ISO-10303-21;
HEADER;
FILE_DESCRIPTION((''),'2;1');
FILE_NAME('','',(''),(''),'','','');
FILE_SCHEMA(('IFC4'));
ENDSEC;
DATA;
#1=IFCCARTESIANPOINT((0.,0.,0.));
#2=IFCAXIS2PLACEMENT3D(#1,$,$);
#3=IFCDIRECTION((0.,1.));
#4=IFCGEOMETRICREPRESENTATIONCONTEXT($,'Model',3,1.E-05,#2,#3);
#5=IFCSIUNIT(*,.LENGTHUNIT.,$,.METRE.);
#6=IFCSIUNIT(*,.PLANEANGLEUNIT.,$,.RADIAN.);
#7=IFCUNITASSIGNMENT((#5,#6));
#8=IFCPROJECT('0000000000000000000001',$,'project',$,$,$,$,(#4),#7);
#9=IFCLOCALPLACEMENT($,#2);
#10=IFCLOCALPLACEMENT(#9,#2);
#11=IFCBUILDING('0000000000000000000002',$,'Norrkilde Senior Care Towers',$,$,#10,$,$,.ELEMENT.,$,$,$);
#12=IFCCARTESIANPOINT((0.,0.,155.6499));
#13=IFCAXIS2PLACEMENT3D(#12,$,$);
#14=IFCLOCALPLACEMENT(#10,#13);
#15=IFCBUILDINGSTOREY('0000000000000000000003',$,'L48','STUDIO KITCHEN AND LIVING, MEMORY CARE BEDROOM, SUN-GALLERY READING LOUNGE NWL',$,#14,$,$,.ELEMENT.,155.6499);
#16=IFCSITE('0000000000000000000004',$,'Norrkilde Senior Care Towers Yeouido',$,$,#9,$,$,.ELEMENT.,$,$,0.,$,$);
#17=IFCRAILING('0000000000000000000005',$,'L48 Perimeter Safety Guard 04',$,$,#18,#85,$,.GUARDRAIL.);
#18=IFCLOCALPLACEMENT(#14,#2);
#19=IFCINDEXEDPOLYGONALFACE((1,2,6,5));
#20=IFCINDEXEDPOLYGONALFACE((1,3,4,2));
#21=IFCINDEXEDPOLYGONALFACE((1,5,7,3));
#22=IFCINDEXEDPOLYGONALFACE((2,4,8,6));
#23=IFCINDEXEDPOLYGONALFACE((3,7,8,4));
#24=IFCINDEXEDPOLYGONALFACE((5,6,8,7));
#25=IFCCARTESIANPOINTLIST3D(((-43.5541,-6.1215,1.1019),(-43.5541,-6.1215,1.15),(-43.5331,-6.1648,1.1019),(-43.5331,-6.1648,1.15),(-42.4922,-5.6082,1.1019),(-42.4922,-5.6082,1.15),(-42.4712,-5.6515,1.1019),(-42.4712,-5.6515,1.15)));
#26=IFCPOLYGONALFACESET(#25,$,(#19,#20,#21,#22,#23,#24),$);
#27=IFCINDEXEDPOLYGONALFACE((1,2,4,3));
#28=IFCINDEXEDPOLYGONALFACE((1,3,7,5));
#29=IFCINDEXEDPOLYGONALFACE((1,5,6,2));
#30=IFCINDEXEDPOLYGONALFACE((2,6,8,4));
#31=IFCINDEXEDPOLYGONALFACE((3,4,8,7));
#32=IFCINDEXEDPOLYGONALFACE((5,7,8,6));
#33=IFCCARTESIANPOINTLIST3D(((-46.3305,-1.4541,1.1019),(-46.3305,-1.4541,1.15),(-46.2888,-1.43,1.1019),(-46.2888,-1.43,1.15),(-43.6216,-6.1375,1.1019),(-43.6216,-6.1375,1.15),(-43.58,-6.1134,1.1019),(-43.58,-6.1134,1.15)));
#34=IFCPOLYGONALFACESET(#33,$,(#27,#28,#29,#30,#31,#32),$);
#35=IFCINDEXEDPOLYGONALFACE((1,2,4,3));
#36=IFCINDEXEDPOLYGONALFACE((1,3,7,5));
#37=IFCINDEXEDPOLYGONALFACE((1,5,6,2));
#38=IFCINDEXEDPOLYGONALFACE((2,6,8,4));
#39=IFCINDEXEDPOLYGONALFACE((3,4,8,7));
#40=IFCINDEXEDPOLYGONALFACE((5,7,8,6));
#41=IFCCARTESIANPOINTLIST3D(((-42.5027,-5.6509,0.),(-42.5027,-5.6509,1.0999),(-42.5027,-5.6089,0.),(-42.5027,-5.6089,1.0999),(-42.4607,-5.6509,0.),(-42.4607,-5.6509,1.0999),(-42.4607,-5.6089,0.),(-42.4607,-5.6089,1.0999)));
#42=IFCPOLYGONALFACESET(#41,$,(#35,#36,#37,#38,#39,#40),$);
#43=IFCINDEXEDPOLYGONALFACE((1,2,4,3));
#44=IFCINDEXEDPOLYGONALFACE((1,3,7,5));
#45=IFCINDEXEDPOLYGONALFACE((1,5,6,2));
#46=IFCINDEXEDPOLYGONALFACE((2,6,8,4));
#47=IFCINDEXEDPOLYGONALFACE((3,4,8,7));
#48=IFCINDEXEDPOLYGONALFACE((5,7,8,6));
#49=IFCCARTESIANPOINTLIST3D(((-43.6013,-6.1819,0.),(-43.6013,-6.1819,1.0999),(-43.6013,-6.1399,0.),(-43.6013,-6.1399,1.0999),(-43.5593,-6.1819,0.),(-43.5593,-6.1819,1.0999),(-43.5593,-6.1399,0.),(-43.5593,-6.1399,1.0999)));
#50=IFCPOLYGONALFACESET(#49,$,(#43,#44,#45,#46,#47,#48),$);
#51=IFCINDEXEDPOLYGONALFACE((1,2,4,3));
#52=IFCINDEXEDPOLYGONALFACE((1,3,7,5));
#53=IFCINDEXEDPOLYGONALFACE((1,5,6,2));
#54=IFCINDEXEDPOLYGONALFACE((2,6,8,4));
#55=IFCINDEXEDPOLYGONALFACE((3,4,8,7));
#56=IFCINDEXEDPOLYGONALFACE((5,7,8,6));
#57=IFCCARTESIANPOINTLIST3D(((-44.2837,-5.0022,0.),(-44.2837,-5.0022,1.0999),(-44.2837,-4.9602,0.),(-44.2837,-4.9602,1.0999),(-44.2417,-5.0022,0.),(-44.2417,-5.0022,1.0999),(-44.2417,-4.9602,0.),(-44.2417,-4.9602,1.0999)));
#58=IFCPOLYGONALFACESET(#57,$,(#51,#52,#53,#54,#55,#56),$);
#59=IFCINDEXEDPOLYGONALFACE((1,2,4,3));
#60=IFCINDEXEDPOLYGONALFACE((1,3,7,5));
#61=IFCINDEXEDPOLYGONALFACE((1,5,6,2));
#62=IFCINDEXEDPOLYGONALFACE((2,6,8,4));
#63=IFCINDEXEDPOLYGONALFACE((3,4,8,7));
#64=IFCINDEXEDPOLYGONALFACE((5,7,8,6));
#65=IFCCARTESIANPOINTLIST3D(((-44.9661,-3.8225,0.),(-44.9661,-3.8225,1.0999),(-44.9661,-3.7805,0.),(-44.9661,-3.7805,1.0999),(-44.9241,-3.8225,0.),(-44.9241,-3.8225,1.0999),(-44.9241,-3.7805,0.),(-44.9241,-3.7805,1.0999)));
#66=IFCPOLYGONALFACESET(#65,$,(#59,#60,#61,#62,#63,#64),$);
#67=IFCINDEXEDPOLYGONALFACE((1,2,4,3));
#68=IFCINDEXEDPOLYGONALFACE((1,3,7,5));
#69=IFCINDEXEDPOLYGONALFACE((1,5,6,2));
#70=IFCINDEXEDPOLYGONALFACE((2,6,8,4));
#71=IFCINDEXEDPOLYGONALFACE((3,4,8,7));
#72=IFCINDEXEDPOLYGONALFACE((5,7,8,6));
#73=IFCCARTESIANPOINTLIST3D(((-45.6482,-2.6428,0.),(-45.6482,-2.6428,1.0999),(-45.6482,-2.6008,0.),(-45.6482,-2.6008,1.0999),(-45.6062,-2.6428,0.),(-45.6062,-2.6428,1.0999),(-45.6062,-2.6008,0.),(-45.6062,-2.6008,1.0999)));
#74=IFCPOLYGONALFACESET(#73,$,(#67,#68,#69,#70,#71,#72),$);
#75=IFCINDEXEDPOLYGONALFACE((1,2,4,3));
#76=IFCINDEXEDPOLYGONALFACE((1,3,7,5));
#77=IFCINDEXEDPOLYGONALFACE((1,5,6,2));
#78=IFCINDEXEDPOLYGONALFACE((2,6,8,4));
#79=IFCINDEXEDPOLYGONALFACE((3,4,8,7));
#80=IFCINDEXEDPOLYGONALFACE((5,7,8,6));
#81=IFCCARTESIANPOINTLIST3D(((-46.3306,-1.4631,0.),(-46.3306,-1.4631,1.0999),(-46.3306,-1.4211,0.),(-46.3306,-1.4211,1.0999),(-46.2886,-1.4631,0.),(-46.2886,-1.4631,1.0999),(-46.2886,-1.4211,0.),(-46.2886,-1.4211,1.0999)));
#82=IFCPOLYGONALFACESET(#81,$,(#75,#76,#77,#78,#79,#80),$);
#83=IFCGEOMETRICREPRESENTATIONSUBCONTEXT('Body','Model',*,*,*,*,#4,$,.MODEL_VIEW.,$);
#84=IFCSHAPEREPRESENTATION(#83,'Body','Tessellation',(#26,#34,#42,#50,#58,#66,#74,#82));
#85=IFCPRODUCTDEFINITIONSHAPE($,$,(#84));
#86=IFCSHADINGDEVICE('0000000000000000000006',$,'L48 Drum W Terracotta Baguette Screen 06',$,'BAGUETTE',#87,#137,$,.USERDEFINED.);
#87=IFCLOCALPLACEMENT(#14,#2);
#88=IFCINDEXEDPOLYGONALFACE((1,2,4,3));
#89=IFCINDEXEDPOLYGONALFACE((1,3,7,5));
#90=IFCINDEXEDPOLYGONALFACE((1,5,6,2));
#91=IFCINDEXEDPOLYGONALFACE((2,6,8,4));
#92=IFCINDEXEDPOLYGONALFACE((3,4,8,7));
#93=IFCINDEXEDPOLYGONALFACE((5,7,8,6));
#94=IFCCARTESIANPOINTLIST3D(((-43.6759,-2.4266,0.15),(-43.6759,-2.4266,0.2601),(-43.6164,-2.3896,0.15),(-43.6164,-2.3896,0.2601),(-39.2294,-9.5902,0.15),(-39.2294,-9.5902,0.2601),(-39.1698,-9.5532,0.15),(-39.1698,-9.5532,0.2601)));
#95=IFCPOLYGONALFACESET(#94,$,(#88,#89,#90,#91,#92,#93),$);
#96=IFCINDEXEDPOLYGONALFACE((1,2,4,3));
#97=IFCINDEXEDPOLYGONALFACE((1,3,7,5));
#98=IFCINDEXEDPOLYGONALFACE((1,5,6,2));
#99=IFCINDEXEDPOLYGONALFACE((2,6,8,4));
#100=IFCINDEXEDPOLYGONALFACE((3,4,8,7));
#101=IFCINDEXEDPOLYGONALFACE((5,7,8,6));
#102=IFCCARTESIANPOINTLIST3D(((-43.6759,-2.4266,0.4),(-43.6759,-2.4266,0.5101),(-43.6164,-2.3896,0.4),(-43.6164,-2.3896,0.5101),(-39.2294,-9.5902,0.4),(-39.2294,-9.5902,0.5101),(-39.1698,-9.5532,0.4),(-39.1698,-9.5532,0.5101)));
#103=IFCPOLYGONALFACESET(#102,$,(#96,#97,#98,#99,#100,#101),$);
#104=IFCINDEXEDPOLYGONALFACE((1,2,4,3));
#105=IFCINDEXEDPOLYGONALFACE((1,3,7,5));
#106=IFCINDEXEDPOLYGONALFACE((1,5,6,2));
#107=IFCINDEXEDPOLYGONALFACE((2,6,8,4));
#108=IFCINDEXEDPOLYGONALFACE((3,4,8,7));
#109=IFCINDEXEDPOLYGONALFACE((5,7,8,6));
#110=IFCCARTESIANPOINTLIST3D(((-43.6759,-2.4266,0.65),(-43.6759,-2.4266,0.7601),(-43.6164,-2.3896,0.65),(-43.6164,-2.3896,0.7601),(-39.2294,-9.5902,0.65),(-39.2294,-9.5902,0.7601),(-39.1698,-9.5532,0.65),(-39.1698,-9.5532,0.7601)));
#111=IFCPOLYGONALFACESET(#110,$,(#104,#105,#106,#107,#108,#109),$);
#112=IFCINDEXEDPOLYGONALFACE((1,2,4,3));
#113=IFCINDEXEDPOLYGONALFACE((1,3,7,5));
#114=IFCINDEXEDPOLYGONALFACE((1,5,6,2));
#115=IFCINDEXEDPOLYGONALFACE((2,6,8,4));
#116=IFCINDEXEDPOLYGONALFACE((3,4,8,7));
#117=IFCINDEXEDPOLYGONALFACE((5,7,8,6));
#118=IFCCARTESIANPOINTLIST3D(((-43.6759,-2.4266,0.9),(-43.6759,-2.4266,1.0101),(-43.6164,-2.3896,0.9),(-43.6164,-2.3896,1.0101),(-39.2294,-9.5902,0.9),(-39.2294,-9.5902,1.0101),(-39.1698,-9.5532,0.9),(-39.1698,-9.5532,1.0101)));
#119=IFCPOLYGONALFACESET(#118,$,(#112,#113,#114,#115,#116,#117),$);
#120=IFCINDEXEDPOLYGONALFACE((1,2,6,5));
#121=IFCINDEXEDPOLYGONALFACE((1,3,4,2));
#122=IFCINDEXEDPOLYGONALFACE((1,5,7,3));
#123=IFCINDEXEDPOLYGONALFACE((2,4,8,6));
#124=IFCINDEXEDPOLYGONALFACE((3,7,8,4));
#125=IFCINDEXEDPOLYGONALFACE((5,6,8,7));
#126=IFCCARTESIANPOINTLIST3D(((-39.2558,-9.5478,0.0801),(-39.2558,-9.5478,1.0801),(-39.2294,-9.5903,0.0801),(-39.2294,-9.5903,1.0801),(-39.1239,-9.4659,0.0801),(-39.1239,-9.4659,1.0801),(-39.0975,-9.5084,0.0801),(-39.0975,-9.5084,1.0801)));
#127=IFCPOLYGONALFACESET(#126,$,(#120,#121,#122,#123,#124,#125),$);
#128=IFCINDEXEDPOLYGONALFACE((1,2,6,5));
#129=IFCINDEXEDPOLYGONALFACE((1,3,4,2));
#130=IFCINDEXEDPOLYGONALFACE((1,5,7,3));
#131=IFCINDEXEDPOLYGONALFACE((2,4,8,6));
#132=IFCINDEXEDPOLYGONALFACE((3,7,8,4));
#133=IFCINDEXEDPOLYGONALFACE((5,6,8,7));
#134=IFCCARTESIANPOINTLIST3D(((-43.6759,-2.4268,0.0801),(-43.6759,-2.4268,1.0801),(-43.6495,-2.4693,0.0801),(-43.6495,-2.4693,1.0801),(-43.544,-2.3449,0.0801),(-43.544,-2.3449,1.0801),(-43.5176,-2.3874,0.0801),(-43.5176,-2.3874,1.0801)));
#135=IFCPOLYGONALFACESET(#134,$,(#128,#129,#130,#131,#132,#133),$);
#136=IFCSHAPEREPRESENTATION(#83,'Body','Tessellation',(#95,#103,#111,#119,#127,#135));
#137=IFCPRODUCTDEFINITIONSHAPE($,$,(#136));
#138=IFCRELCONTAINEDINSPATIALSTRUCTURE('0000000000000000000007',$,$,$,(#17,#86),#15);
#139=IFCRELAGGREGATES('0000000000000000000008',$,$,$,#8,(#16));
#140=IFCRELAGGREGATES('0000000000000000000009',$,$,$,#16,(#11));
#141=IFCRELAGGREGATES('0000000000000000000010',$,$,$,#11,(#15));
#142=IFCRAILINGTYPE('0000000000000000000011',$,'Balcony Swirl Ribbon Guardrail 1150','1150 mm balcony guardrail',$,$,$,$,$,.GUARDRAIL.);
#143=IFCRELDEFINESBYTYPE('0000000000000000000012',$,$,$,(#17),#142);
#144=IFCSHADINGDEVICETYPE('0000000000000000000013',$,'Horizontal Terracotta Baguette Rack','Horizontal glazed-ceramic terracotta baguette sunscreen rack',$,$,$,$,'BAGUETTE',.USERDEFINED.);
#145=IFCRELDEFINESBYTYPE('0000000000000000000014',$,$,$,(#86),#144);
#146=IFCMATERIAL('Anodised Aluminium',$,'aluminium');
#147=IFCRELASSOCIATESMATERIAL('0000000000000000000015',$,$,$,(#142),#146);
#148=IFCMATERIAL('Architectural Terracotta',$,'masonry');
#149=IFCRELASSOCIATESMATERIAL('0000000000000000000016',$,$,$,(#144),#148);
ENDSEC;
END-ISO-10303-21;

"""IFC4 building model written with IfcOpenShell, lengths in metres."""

from ifc_helpers import new_model, si_unit, direction, frame, origin, origin_2d, place, context, subcontext, project, spatial, rectangle, extrude, source, transform, mapped, material, type_object, type_shapes, element, save


model = new_model("IFC4")

# Units and contexts
model_context = context("Model", 3, precision=1e-05, world=origin(), true_north=direction((0.0, 1.0)))
body_context = subcontext(model_context, "Body", "Model", "MODEL_VIEW")
ifc_project = project(units=[si_unit("LENGTHUNIT", "METRE"), si_unit("PLANEANGLEUNIT", "RADIAN")], contexts=[model_context])

# Site, building, storey
site_placement = place(None, origin())
site = spatial("IfcSite", under=ifc_project, at=site_placement, Name="Norrkilde Senior Care Towers Yeouido", CompositionType="ELEMENT", RefElevation=0.0)
building_placement = place(site_placement, origin())
building = spatial("IfcBuilding", under=site, at=building_placement, Name="Norrkilde Senior Care Towers", CompositionType="ELEMENT")
storey_placement = place(building_placement, frame((0.0, 0.0, 155.6499)))
storey = spatial("IfcBuildingStorey", under=building, at=storey_placement, Name="L48", Description="STUDIO KITCHEN AND LIVING, MEMORY CARE BEDROOM, SUN-GALLERY READING LOUNGE NWL", CompositionType="ELEMENT", Elevation=155.6499)

# Shared definitions
ifc_material_1 = material(Name="Anodised Aluminium", Category="aluminium")

# Railing
railing_type = type_object("IfcRailingType", Name="Balcony Swirl Ribbon Guardrail 1150", Description="1150 mm balcony guardrail", PredefinedType="GUARDRAIL", material=ifc_material_1)
railing_1_placement = place(storey_placement, frame((-42.4817, -5.6299, 0.0)))
element("IfcRailing", 1, at=railing_1_placement, inside=storey, type_object=railing_type, Name="L48 Perimeter Safety Guard 04", PredefinedType="GUARDRAIL", context=body_context, shape_type="SweptSolid", body=[
    extrude(rectangle(XDim=0.0481, YDim=0.0481, at=origin_2d()), frame((0.0, 0.0, 1.126), z_axis=(-0.900349, -0.435169, 0.0), x_axis=(0.435169, -0.900349, 0.0)), (0.0, 0.0, 1.0), 1.1794),
    extrude(rectangle(XDim=0.0481, YDim=0.0481, at=origin_2d()), frame((-1.1191, -0.4956, 1.126), z_axis=(-0.500671, 0.865638, 0.0), x_axis=(-0.865638, -0.500671, 0.0)), (0.0, 0.0, 1.0), 5.4104),
    extrude(rectangle(XDim=0.042, YDim=0.042, at=origin_2d()), origin(), (0.0, 0.0, 1.0), 1.0999),
    extrude(rectangle(XDim=0.042, YDim=0.042, at=origin_2d()), frame((-1.0986, -0.531, 0.0)), (0.0, 0.0, 1.0), 1.0999),
    extrude(rectangle(XDim=0.042, YDim=0.042, at=origin_2d()), frame((-1.781, 0.6487, 0.0)), (0.0, 0.0, 1.0), 1.0999),
    extrude(rectangle(XDim=0.042, YDim=0.042, at=origin_2d()), frame((-2.4634, 1.8284, 0.0)), (0.0, 0.0, 1.0), 1.0999),
    extrude(rectangle(XDim=0.042, YDim=0.042, at=origin_2d()), frame((-3.1455, 3.0081, 0.0)), (0.0, 0.0, 1.0), 1.0999),
    extrude(rectangle(XDim=0.042, YDim=0.042, at=origin_2d()), frame((-3.8279, 4.1877, 0.0)), (0.0, 0.0, 1.0), 1.0999),
])

# Shading device
ifc_material_2 = material(Name="Architectural Terracotta", Category="masonry")
shading_device_type = type_object("IfcShadingDeviceType", Name="Horizontal Terracotta Baguette Rack", Description="Horizontal glazed-ceramic terracotta baguette sunscreen rack", ElementType="BAGUETTE", PredefinedType="USERDEFINED", material=ifc_material_2)
shared_shape_1 = source(origin(), body_context, "Body", "SweptSolid", [
    extrude(rectangle(XDim=0.0701, YDim=0.1101, at=origin_2d()), frame((0.0, 0.0901, 0.125), z_axis=(1.0, 0.0, 0.0), x_axis=(0.0, 1.0, 0.0)), (0.0, 0.0, 1.0), 8.4314),
    extrude(rectangle(XDim=0.0701, YDim=0.1101, at=origin_2d()), frame((0.0, 0.0901, 0.375), z_axis=(1.0, 0.0, 0.0), x_axis=(0.0, 1.0, 0.0)), (0.0, 0.0, 1.0), 8.4314),
    extrude(rectangle(XDim=0.0701, YDim=0.1101, at=origin_2d()), frame((0.0, 0.0901, 0.625), z_axis=(1.0, 0.0, 0.0), x_axis=(0.0, 1.0, 0.0)), (0.0, 0.0, 1.0), 8.4314),
    extrude(rectangle(XDim=0.0701, YDim=0.1101, at=origin_2d()), frame((0.0, 0.0901, 0.875), z_axis=(1.0, 0.0, 0.0), x_axis=(0.0, 1.0, 0.0)), (0.0, 0.0, 1.0), 8.4314),
    extrude(rectangle(XDim=0.05, YDim=0.1553, at=origin_2d()), frame((0.0249, 0.0476, 0.0)), (0.0, 0.0, 1.0), 1.0),
    extrude(rectangle(XDim=0.05, YDim=0.1553, at=origin_2d()), frame((8.4062, 0.0476, 0.0)), (0.0, 0.0, 1.0), 1.0),
])
type_shapes(shading_device_type, [shared_shape_1])
shading_device_placement = place(storey_placement, frame((-39.123, -9.5242, 0.0801), z_axis=(0.0, 0.0, 1.0), x_axis=(-0.527378, 0.849631, 0.0)))
element("IfcShadingDevice", 2, at=shading_device_placement, inside=storey, type_object=shading_device_type, Name="L48 Drum W Terracotta Baguette Screen 06", ObjectType="BAGUETTE", PredefinedType="USERDEFINED", context=body_context, shape_type="MappedRepresentation", body=[
    mapped(shared_shape_1, transform((0.0, 0.0, 0.0), x_axis=(1.0, 0.0, 0.0), y_axis=(0.0, 1.0, 0.0), z_axis=(0.0, 0.0, 1.0), scale=1.0)),
])

save(model, "model.ifc")
